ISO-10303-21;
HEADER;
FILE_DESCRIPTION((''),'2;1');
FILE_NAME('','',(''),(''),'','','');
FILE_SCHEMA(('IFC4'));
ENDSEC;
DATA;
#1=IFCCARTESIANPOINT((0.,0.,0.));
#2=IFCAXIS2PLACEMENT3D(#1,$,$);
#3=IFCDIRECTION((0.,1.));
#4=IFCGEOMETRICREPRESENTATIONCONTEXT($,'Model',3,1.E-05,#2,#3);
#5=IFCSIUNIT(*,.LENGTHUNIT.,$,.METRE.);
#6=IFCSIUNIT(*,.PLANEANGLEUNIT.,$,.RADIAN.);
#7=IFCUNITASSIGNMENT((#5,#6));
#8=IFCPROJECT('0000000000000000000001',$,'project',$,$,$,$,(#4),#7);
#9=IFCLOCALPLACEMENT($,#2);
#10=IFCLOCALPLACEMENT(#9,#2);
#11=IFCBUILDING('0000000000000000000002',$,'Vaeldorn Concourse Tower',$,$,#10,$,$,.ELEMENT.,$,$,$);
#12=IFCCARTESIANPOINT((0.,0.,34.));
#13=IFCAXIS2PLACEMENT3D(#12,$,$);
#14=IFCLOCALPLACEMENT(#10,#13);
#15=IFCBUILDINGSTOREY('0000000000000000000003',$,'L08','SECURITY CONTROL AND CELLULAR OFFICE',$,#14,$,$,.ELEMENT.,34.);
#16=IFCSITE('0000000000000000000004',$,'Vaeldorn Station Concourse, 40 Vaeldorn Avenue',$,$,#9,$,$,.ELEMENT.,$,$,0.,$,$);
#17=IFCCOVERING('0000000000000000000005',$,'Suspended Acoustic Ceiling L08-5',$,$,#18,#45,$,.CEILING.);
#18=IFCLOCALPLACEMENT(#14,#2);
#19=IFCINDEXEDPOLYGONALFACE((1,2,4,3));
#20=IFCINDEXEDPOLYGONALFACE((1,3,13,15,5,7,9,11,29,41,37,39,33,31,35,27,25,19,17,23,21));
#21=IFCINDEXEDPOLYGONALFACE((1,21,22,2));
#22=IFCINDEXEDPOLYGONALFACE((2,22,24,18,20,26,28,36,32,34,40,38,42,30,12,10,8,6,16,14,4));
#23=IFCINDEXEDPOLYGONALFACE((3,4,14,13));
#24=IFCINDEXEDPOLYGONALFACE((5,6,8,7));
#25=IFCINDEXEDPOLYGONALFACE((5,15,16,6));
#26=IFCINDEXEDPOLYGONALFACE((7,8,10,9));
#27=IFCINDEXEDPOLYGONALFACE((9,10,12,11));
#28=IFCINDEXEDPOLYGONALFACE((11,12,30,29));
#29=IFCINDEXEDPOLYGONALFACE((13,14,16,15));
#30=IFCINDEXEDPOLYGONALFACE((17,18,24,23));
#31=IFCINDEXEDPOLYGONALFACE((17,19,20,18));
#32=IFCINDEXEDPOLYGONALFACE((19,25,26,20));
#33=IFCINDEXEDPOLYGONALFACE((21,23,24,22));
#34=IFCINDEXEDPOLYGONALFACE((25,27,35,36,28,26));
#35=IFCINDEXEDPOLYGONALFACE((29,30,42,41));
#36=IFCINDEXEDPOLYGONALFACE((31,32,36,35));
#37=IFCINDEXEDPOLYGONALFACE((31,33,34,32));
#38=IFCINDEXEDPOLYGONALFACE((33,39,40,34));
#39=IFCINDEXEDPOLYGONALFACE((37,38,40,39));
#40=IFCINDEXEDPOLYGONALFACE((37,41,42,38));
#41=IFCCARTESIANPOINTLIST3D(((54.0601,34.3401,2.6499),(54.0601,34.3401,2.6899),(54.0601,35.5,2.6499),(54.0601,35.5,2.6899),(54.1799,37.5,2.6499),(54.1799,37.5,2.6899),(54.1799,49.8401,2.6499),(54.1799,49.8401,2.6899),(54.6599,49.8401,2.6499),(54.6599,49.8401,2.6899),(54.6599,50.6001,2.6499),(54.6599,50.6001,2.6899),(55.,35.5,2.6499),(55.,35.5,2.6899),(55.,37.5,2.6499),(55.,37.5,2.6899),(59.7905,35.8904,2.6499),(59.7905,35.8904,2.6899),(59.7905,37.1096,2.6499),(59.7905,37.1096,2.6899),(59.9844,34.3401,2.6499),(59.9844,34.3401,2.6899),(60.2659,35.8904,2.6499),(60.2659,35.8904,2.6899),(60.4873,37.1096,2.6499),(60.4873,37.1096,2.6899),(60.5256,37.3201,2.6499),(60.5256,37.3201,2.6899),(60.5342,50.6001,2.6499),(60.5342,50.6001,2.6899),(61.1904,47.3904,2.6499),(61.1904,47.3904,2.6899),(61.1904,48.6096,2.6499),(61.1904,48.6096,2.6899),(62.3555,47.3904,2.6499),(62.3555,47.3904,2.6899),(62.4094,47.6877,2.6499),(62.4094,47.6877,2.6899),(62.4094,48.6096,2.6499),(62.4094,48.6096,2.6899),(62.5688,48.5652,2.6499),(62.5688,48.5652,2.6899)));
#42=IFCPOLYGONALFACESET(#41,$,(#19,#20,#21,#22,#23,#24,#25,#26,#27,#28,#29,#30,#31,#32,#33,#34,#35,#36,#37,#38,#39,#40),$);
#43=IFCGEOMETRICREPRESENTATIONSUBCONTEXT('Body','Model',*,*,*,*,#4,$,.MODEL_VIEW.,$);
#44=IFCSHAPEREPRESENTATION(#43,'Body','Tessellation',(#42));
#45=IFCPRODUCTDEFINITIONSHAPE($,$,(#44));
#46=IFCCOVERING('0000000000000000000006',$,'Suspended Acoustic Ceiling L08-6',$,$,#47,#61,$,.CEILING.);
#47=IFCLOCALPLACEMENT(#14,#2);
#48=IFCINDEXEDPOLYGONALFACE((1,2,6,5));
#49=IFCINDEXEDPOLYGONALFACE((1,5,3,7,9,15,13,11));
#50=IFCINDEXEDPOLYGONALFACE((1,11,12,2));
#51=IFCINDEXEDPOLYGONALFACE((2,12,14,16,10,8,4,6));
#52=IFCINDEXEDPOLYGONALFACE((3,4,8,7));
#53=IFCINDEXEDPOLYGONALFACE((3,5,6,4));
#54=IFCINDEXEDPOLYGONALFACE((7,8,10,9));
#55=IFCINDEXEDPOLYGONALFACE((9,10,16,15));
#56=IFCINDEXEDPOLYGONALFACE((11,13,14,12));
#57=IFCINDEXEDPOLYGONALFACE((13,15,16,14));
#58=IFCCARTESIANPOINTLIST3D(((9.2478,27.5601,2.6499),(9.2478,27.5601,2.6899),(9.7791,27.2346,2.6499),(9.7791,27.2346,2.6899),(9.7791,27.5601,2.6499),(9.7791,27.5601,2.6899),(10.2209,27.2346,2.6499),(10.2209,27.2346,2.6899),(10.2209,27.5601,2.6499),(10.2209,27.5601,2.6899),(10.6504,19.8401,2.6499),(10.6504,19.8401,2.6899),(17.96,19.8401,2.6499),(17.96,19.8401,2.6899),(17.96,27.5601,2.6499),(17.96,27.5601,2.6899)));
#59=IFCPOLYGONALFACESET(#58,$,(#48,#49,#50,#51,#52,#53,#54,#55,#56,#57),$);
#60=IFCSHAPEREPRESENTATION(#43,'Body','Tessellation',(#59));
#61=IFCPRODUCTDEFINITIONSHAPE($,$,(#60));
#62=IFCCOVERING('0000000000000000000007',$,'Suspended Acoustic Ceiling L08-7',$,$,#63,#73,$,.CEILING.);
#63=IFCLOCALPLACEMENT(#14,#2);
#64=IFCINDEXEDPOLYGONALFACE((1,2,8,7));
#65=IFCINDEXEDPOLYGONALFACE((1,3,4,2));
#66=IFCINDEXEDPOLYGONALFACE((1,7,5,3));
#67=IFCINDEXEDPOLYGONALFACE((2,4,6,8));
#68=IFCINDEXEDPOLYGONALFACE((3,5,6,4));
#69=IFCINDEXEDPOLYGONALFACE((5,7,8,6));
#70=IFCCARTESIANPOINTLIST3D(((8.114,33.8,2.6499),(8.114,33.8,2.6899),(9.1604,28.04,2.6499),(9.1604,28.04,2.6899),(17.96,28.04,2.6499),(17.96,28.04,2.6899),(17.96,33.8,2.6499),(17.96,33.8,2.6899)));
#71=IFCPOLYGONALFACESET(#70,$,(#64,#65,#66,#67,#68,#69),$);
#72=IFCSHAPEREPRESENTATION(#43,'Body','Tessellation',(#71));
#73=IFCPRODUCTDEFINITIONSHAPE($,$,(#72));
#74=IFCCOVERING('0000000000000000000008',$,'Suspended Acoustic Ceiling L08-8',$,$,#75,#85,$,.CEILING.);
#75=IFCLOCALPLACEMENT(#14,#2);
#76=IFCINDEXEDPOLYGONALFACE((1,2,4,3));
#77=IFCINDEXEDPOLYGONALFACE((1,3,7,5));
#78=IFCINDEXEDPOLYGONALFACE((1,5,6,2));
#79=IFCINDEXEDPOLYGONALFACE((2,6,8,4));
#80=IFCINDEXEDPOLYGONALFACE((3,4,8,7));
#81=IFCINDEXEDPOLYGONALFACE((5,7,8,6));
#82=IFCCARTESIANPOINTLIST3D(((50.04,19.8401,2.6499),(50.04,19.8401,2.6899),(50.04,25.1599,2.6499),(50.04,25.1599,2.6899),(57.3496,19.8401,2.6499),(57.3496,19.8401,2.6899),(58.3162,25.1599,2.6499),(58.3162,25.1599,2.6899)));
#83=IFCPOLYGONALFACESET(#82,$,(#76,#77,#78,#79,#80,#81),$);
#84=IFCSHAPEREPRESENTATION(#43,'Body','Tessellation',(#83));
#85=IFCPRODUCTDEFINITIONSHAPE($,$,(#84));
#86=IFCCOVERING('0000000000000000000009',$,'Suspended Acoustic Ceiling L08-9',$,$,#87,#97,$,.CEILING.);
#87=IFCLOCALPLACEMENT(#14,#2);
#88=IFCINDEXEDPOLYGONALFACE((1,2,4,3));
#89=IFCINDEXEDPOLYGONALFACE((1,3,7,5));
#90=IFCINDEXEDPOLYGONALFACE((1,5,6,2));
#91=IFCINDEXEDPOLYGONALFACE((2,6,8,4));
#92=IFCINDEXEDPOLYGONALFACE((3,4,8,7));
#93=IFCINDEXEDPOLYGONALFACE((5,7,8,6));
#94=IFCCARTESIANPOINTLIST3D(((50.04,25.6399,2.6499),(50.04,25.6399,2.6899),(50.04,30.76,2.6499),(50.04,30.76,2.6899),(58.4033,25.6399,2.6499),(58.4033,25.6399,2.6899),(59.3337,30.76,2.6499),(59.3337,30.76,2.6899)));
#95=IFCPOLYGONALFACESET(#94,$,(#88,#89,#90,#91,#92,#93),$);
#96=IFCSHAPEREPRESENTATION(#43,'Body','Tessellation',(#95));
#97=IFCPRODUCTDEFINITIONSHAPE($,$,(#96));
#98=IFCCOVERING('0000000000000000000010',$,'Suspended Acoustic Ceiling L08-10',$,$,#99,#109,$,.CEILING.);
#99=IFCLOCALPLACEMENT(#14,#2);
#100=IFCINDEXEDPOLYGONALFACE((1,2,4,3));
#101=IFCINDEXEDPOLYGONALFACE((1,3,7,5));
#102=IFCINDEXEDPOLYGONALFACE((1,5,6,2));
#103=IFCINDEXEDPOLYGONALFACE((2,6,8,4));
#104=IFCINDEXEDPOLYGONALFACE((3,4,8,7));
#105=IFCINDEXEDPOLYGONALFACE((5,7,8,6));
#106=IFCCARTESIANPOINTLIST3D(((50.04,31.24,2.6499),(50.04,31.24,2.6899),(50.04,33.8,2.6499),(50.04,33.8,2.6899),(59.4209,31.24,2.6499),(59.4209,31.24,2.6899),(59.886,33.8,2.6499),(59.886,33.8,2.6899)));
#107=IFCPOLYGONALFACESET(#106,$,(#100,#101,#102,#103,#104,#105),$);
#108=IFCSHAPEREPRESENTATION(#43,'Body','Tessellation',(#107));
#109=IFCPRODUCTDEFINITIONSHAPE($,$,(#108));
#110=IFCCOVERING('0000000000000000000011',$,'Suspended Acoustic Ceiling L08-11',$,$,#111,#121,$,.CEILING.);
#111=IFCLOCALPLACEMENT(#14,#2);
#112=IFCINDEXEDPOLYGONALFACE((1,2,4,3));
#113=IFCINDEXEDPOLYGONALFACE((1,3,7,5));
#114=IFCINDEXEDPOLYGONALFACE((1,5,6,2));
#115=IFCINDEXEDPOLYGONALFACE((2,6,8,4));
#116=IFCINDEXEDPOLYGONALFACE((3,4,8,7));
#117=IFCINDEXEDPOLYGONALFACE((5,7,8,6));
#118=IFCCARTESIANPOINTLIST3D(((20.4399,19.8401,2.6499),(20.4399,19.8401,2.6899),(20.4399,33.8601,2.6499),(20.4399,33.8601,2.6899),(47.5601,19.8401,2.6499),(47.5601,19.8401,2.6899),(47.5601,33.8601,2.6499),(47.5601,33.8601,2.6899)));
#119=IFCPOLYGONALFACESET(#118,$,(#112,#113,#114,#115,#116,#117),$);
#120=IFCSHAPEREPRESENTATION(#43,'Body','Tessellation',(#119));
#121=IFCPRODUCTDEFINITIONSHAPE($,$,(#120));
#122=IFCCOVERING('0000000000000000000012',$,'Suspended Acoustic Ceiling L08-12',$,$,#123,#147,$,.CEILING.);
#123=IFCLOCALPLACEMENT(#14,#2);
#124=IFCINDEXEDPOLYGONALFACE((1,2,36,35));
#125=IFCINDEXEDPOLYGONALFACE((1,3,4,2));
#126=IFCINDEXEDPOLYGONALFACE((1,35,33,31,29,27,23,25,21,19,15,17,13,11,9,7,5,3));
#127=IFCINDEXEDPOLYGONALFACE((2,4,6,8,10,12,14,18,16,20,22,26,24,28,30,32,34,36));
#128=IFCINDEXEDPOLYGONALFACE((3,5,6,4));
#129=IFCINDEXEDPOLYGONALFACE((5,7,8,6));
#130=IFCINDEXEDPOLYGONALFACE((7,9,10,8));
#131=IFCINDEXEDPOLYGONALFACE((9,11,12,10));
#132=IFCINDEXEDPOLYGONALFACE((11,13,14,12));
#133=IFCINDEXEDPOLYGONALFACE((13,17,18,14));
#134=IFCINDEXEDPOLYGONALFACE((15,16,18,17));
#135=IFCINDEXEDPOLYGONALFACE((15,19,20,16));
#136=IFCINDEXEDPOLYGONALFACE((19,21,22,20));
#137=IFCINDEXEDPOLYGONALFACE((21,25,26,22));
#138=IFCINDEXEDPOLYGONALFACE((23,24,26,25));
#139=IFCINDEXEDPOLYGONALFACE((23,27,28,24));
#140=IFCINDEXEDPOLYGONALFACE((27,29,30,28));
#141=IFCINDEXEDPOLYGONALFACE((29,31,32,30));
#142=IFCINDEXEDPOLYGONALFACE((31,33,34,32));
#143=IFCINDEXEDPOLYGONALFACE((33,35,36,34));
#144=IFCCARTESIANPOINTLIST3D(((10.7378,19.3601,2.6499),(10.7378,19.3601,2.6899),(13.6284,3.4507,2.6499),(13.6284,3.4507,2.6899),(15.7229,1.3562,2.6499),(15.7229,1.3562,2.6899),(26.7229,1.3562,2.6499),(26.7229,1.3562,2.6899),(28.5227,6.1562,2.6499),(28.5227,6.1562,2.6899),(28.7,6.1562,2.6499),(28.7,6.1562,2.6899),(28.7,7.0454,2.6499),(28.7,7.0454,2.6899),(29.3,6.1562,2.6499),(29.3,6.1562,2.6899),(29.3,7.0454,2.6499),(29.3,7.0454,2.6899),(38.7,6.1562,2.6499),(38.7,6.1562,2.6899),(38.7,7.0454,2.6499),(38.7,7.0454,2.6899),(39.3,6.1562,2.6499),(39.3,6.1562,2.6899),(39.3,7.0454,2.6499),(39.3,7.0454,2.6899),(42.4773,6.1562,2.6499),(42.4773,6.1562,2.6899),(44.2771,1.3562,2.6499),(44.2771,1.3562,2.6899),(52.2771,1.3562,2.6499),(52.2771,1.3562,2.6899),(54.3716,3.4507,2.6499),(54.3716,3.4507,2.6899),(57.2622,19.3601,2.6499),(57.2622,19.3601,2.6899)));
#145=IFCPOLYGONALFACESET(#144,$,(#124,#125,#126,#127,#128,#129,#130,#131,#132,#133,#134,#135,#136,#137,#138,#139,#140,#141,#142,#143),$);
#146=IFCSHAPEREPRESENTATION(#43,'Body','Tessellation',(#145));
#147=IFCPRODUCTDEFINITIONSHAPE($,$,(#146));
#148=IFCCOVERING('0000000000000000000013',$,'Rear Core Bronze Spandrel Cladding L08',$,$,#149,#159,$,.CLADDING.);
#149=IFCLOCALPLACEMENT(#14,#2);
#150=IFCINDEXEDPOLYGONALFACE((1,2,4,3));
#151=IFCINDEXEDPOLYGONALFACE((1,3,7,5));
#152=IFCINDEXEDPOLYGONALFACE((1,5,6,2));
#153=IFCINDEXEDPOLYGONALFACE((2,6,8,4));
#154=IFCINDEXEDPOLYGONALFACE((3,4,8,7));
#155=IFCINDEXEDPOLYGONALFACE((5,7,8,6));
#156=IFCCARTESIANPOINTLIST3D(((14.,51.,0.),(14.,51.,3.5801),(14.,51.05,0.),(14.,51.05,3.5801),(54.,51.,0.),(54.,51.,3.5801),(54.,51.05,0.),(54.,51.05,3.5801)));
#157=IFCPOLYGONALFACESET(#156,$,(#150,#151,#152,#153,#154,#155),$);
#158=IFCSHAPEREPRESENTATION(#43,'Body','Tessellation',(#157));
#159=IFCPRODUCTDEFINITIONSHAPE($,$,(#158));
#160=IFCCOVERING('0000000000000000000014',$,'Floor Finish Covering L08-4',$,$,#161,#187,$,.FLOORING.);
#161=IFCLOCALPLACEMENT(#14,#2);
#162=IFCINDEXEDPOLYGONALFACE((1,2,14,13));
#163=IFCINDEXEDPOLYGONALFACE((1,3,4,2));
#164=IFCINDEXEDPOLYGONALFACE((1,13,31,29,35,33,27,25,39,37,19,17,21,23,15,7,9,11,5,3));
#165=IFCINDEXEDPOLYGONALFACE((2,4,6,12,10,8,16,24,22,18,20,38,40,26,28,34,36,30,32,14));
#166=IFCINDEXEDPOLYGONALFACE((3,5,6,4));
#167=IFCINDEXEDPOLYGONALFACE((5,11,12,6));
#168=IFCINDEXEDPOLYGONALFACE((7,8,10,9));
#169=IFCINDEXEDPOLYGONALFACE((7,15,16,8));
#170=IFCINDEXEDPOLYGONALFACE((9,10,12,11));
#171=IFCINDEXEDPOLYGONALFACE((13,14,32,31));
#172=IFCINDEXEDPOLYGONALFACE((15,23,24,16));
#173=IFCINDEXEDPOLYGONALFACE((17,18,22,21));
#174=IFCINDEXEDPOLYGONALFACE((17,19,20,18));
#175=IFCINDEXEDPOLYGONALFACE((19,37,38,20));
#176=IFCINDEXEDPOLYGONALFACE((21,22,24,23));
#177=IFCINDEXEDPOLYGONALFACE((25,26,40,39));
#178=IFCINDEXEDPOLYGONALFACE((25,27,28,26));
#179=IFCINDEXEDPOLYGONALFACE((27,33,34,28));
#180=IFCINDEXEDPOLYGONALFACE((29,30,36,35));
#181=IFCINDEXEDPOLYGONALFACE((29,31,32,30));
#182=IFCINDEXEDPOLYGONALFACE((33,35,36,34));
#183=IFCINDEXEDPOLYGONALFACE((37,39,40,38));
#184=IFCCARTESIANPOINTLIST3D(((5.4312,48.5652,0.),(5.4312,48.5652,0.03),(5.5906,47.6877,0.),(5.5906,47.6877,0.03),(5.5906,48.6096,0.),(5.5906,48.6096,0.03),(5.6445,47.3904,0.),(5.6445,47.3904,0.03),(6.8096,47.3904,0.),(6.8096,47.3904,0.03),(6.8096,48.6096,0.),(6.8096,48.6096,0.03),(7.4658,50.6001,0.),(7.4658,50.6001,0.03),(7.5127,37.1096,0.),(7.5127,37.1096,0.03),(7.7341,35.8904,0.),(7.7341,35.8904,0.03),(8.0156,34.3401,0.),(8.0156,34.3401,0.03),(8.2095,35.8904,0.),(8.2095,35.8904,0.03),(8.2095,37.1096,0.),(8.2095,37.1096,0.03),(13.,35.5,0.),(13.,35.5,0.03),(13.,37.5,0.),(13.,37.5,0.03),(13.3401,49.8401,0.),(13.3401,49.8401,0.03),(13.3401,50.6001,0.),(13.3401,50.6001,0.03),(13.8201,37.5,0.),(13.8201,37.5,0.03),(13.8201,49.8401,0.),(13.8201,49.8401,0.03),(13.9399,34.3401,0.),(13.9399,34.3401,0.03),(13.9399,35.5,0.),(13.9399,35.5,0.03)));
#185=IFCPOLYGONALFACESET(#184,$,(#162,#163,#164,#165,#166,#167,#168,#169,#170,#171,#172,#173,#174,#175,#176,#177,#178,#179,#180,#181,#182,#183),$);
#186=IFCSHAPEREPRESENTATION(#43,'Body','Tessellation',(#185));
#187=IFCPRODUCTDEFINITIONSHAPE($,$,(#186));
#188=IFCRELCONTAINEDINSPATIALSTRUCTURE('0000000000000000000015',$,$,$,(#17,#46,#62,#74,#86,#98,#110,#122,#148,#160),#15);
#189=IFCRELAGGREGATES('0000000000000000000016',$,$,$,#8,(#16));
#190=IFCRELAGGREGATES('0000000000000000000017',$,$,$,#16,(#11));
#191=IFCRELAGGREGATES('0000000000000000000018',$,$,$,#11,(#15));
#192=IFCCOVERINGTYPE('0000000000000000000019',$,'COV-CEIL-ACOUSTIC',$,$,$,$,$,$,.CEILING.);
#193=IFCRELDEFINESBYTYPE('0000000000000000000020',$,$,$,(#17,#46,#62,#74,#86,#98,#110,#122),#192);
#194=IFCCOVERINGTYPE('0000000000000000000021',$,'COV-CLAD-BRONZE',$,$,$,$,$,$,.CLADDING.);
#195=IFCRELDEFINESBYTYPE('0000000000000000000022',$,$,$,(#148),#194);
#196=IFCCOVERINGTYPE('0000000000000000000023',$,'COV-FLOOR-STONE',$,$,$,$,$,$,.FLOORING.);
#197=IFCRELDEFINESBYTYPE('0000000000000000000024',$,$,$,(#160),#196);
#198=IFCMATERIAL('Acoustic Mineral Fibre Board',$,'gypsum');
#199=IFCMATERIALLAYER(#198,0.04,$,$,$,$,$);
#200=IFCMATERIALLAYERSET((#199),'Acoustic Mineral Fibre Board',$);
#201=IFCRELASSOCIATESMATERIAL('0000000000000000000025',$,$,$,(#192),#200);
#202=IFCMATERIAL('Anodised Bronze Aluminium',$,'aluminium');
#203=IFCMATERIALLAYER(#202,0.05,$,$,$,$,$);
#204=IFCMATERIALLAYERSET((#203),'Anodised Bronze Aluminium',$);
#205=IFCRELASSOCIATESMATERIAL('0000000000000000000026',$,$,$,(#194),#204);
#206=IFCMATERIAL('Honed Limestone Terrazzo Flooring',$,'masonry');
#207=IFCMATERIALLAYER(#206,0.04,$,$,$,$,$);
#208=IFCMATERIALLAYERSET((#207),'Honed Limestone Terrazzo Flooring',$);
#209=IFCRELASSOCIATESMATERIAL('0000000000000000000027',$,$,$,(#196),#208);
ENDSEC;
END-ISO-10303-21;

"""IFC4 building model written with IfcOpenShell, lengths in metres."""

from ifc_helpers import new_model, si_unit, direction, frame, origin, place, context, subcontext, project, spatial, polyline, outline, extrude, material, layer, layer_set, type_object, element, save


model = new_model("IFC4")

# Units and contexts
model_context = context("Model", 3, precision=1e-05, world=origin(), true_north=direction((0.0, 1.0)))
body_context = subcontext(model_context, "Body", "Model", "MODEL_VIEW")
ifc_project = project(units=[si_unit("LENGTHUNIT", "METRE"), si_unit("PLANEANGLEUNIT", "RADIAN")], contexts=[model_context])

# Site, building, storey
site_placement = place(None, origin())
site = spatial("IfcSite", under=ifc_project, at=site_placement, Name="Vaeldorn Station Concourse, 40 Vaeldorn Avenue", CompositionType="ELEMENT", RefElevation=0.0)
building_placement = place(site_placement, origin())
building = spatial("IfcBuilding", under=site, at=building_placement, Name="Vaeldorn Concourse Tower", CompositionType="ELEMENT")
storey_placement = place(building_placement, frame((0.0, 0.0, 34.0)))
storey = spatial("IfcBuildingStorey", under=building, at=storey_placement, Name="L08", Description="SECURITY CONTROL AND CELLULAR OFFICE", CompositionType="ELEMENT", Elevation=34.0)

# Shared definitions
ifc_material_1 = material(Name="Anodised Bronze Aluminium", Category="aluminium")

# Coverings
ifc_material_2 = material(Name="Acoustic Mineral Fibre Board", Category="gypsum")
ifc_layer_1 = layer(ifc_material_2, 0.04)
ifc_layer_set_1 = layer_set([ifc_layer_1], Name="Acoustic Mineral Fibre Board")
covering_type_1 = type_object("IfcCoveringType", Name="COV-CEIL-ACOUSTIC", PredefinedType="CEILING", material=ifc_layer_set_1)
covering_1_placement = place(storey_placement, frame((0.0, 0.0, 2.6499)))
element("IfcCovering", 1, at=covering_1_placement, inside=storey, type_object=covering_type_1, Name="Suspended Acoustic Ceiling L08-5", PredefinedType="CEILING", context=body_context, shape_type="SweptSolid", body=[
    extrude(outline(polyline([(54.1799, 49.8401), (54.6599, 49.8401), (54.6599, 50.6001), (60.5342, 50.6001), (62.5688, 48.5652), (62.4094, 47.6877), (62.4094, 48.6096), (61.1904, 48.6096), (61.1904, 47.3904), (62.3555, 47.3904), (60.5256, 37.3201), (60.5256, 37.3201), (60.4873, 37.1096), (59.7905, 37.1096), (59.7905, 35.8904), (60.2659, 35.8904), (59.9844, 34.3401), (54.0601, 34.3401), (54.0601, 35.5), (55.0, 35.5), (55.0, 37.5), (54.1799, 37.5), (54.1799, 49.8401)])), origin(), (0.0, 0.0, 1.0), 0.04),
])
covering_2_placement = place(storey_placement, frame((0.0, 0.0, 2.6499)))
element("IfcCovering", 2, at=covering_2_placement, inside=storey, type_object=covering_type_1, Name="Suspended Acoustic Ceiling L08-6", PredefinedType="CEILING", context=body_context, shape_type="SweptSolid", body=[
    extrude(outline(polyline([(9.7791, 27.5601), (9.7791, 27.2346), (10.2209, 27.2346), (10.2209, 27.5601), (17.96, 27.5601), (17.96, 19.8401), (10.6504, 19.8401), (9.2478, 27.5601), (9.7791, 27.5601)])), origin(), (0.0, 0.0, 1.0), 0.04),
])
covering_3_placement = place(storey_placement, frame((0.0, 0.0, 2.6499)))
element("IfcCovering", 3, at=covering_3_placement, inside=storey, type_object=covering_type_1, Name="Suspended Acoustic Ceiling L08-7", PredefinedType="CEILING", context=body_context, shape_type="SweptSolid", body=[
    extrude(outline(polyline([(17.96, 33.8), (17.96, 28.04), (9.1604, 28.04), (8.114, 33.8), (17.96, 33.8)])), origin(), (0.0, 0.0, 1.0), 0.04),
])
covering_4_placement = place(storey_placement, frame((0.0, 0.0, 2.6499)))
element("IfcCovering", 4, at=covering_4_placement, inside=storey, type_object=covering_type_1, Name="Suspended Acoustic Ceiling L08-8", PredefinedType="CEILING", context=body_context, shape_type="SweptSolid", body=[
    extrude(outline(polyline([(50.04, 19.8401), (50.04, 25.1599), (58.3162, 25.1599), (57.3496, 19.8401), (50.04, 19.8401)])), origin(), (0.0, 0.0, 1.0), 0.04),
])
covering_5_placement = place(storey_placement, frame((0.0, 0.0, 2.6499)))
element("IfcCovering", 5, at=covering_5_placement, inside=storey, type_object=covering_type_1, Name="Suspended Acoustic Ceiling L08-9", PredefinedType="CEILING", context=body_context, shape_type="SweptSolid", body=[
    extrude(outline(polyline([(50.04, 25.6399), (50.04, 30.76), (59.3337, 30.76), (58.4033, 25.6399), (50.04, 25.6399)])), origin(), (0.0, 0.0, 1.0), 0.04),
])
covering_6_placement = place(storey_placement, frame((0.0, 0.0, 2.6499)))
element("IfcCovering", 6, at=covering_6_placement, inside=storey, type_object=covering_type_1, Name="Suspended Acoustic Ceiling L08-10", PredefinedType="CEILING", context=body_context, shape_type="SweptSolid", body=[
    extrude(outline(polyline([(50.04, 31.24), (50.04, 33.8), (59.886, 33.8), (59.4209, 31.24), (50.04, 31.24)])), origin(), (0.0, 0.0, 1.0), 0.04),
])
covering_7_placement = place(storey_placement, frame((0.0, 0.0, 2.6499)))
element("IfcCovering", 7, at=covering_7_placement, inside=storey, type_object=covering_type_1, Name="Suspended Acoustic Ceiling L08-11", PredefinedType="CEILING", context=body_context, shape_type="SweptSolid", body=[
    extrude(outline(polyline([(20.4399, 33.8601), (47.5601, 33.8601), (47.5601, 19.8401), (20.4399, 19.8401), (20.4399, 33.8601)])), origin(), (0.0, 0.0, 1.0), 0.04),
])
covering_8_placement = place(storey_placement, frame((0.0, 0.0, 2.6499)))
element("IfcCovering", 8, at=covering_8_placement, inside=storey, type_object=covering_type_1, Name="Suspended Acoustic Ceiling L08-12", PredefinedType="CEILING", context=body_context, shape_type="SweptSolid", body=[
    extrude(outline(polyline([(57.2622, 19.3601), (54.3716, 3.4507), (52.2771, 1.3562), (44.2771, 1.3562), (42.4773, 6.1562), (39.3, 6.1562), (39.3, 7.0454), (38.7, 7.0454), (38.7, 6.1562), (29.3, 6.1562), (29.3, 7.0454), (28.7, 7.0454), (28.7, 6.1562), (28.5227, 6.1562), (26.7229, 1.3562), (15.7229, 1.3562), (13.6284, 3.4507), (10.7378, 19.3601), (57.2622, 19.3601)])), origin(), (0.0, 0.0, 1.0), 0.04),
])
ifc_layer_2 = layer(ifc_material_1, 0.05)
ifc_layer_set_2 = layer_set([ifc_layer_2], Name="Anodised Bronze Aluminium")
covering_type_2 = type_object("IfcCoveringType", Name="COV-CLAD-BRONZE", PredefinedType="CLADDING", material=ifc_layer_set_2)
covering_9_placement = place(storey_placement, origin())
element("IfcCovering", 9, at=covering_9_placement, inside=storey, type_object=covering_type_2, Name="Rear Core Bronze Spandrel Cladding L08", PredefinedType="CLADDING", context=body_context, shape_type="SweptSolid", body=[
    extrude(outline(polyline([(14.0, 51.0), (54.0, 51.0), (54.0, 51.05), (14.0, 51.05), (14.0, 51.0)])), origin(), (0.0, 0.0, 1.0), 3.5801),
])
ifc_material_3 = material(Name="Honed Limestone Terrazzo Flooring", Category="masonry")
ifc_layer_3 = layer(ifc_material_3, 0.04)
ifc_layer_set_3 = layer_set([ifc_layer_3], Name="Honed Limestone Terrazzo Flooring")
covering_type_3 = type_object("IfcCoveringType", Name="COV-FLOOR-STONE", PredefinedType="FLOORING", material=ifc_layer_set_3)
covering_10_placement = place(storey_placement, origin())
element("IfcCovering", 10, at=covering_10_placement, inside=storey, type_object=covering_type_3, Name="Floor Finish Covering L08-4", PredefinedType="FLOORING", context=body_context, shape_type="SweptSolid", body=[
    extrude(outline(polyline([(7.4658, 50.6001), (13.3401, 50.6001), (13.3401, 49.8401), (13.8201, 49.8401), (13.8201, 37.5), (13.0, 37.5), (13.0, 35.5), (13.9399, 35.5), (13.9399, 34.3401), (8.0156, 34.3401), (7.7341, 35.8904), (8.2095, 35.8904), (8.2095, 37.1096), (7.5127, 37.1096), (5.6445, 47.3904), (6.8096, 47.3904), (6.8096, 48.6096), (5.5906, 48.6096), (5.5906, 47.6877), (5.4312, 48.5652), (7.4658, 50.6001)])), origin(), (0.0, 0.0, 1.0), 0.03),
])

save(model, "model.ifc")
